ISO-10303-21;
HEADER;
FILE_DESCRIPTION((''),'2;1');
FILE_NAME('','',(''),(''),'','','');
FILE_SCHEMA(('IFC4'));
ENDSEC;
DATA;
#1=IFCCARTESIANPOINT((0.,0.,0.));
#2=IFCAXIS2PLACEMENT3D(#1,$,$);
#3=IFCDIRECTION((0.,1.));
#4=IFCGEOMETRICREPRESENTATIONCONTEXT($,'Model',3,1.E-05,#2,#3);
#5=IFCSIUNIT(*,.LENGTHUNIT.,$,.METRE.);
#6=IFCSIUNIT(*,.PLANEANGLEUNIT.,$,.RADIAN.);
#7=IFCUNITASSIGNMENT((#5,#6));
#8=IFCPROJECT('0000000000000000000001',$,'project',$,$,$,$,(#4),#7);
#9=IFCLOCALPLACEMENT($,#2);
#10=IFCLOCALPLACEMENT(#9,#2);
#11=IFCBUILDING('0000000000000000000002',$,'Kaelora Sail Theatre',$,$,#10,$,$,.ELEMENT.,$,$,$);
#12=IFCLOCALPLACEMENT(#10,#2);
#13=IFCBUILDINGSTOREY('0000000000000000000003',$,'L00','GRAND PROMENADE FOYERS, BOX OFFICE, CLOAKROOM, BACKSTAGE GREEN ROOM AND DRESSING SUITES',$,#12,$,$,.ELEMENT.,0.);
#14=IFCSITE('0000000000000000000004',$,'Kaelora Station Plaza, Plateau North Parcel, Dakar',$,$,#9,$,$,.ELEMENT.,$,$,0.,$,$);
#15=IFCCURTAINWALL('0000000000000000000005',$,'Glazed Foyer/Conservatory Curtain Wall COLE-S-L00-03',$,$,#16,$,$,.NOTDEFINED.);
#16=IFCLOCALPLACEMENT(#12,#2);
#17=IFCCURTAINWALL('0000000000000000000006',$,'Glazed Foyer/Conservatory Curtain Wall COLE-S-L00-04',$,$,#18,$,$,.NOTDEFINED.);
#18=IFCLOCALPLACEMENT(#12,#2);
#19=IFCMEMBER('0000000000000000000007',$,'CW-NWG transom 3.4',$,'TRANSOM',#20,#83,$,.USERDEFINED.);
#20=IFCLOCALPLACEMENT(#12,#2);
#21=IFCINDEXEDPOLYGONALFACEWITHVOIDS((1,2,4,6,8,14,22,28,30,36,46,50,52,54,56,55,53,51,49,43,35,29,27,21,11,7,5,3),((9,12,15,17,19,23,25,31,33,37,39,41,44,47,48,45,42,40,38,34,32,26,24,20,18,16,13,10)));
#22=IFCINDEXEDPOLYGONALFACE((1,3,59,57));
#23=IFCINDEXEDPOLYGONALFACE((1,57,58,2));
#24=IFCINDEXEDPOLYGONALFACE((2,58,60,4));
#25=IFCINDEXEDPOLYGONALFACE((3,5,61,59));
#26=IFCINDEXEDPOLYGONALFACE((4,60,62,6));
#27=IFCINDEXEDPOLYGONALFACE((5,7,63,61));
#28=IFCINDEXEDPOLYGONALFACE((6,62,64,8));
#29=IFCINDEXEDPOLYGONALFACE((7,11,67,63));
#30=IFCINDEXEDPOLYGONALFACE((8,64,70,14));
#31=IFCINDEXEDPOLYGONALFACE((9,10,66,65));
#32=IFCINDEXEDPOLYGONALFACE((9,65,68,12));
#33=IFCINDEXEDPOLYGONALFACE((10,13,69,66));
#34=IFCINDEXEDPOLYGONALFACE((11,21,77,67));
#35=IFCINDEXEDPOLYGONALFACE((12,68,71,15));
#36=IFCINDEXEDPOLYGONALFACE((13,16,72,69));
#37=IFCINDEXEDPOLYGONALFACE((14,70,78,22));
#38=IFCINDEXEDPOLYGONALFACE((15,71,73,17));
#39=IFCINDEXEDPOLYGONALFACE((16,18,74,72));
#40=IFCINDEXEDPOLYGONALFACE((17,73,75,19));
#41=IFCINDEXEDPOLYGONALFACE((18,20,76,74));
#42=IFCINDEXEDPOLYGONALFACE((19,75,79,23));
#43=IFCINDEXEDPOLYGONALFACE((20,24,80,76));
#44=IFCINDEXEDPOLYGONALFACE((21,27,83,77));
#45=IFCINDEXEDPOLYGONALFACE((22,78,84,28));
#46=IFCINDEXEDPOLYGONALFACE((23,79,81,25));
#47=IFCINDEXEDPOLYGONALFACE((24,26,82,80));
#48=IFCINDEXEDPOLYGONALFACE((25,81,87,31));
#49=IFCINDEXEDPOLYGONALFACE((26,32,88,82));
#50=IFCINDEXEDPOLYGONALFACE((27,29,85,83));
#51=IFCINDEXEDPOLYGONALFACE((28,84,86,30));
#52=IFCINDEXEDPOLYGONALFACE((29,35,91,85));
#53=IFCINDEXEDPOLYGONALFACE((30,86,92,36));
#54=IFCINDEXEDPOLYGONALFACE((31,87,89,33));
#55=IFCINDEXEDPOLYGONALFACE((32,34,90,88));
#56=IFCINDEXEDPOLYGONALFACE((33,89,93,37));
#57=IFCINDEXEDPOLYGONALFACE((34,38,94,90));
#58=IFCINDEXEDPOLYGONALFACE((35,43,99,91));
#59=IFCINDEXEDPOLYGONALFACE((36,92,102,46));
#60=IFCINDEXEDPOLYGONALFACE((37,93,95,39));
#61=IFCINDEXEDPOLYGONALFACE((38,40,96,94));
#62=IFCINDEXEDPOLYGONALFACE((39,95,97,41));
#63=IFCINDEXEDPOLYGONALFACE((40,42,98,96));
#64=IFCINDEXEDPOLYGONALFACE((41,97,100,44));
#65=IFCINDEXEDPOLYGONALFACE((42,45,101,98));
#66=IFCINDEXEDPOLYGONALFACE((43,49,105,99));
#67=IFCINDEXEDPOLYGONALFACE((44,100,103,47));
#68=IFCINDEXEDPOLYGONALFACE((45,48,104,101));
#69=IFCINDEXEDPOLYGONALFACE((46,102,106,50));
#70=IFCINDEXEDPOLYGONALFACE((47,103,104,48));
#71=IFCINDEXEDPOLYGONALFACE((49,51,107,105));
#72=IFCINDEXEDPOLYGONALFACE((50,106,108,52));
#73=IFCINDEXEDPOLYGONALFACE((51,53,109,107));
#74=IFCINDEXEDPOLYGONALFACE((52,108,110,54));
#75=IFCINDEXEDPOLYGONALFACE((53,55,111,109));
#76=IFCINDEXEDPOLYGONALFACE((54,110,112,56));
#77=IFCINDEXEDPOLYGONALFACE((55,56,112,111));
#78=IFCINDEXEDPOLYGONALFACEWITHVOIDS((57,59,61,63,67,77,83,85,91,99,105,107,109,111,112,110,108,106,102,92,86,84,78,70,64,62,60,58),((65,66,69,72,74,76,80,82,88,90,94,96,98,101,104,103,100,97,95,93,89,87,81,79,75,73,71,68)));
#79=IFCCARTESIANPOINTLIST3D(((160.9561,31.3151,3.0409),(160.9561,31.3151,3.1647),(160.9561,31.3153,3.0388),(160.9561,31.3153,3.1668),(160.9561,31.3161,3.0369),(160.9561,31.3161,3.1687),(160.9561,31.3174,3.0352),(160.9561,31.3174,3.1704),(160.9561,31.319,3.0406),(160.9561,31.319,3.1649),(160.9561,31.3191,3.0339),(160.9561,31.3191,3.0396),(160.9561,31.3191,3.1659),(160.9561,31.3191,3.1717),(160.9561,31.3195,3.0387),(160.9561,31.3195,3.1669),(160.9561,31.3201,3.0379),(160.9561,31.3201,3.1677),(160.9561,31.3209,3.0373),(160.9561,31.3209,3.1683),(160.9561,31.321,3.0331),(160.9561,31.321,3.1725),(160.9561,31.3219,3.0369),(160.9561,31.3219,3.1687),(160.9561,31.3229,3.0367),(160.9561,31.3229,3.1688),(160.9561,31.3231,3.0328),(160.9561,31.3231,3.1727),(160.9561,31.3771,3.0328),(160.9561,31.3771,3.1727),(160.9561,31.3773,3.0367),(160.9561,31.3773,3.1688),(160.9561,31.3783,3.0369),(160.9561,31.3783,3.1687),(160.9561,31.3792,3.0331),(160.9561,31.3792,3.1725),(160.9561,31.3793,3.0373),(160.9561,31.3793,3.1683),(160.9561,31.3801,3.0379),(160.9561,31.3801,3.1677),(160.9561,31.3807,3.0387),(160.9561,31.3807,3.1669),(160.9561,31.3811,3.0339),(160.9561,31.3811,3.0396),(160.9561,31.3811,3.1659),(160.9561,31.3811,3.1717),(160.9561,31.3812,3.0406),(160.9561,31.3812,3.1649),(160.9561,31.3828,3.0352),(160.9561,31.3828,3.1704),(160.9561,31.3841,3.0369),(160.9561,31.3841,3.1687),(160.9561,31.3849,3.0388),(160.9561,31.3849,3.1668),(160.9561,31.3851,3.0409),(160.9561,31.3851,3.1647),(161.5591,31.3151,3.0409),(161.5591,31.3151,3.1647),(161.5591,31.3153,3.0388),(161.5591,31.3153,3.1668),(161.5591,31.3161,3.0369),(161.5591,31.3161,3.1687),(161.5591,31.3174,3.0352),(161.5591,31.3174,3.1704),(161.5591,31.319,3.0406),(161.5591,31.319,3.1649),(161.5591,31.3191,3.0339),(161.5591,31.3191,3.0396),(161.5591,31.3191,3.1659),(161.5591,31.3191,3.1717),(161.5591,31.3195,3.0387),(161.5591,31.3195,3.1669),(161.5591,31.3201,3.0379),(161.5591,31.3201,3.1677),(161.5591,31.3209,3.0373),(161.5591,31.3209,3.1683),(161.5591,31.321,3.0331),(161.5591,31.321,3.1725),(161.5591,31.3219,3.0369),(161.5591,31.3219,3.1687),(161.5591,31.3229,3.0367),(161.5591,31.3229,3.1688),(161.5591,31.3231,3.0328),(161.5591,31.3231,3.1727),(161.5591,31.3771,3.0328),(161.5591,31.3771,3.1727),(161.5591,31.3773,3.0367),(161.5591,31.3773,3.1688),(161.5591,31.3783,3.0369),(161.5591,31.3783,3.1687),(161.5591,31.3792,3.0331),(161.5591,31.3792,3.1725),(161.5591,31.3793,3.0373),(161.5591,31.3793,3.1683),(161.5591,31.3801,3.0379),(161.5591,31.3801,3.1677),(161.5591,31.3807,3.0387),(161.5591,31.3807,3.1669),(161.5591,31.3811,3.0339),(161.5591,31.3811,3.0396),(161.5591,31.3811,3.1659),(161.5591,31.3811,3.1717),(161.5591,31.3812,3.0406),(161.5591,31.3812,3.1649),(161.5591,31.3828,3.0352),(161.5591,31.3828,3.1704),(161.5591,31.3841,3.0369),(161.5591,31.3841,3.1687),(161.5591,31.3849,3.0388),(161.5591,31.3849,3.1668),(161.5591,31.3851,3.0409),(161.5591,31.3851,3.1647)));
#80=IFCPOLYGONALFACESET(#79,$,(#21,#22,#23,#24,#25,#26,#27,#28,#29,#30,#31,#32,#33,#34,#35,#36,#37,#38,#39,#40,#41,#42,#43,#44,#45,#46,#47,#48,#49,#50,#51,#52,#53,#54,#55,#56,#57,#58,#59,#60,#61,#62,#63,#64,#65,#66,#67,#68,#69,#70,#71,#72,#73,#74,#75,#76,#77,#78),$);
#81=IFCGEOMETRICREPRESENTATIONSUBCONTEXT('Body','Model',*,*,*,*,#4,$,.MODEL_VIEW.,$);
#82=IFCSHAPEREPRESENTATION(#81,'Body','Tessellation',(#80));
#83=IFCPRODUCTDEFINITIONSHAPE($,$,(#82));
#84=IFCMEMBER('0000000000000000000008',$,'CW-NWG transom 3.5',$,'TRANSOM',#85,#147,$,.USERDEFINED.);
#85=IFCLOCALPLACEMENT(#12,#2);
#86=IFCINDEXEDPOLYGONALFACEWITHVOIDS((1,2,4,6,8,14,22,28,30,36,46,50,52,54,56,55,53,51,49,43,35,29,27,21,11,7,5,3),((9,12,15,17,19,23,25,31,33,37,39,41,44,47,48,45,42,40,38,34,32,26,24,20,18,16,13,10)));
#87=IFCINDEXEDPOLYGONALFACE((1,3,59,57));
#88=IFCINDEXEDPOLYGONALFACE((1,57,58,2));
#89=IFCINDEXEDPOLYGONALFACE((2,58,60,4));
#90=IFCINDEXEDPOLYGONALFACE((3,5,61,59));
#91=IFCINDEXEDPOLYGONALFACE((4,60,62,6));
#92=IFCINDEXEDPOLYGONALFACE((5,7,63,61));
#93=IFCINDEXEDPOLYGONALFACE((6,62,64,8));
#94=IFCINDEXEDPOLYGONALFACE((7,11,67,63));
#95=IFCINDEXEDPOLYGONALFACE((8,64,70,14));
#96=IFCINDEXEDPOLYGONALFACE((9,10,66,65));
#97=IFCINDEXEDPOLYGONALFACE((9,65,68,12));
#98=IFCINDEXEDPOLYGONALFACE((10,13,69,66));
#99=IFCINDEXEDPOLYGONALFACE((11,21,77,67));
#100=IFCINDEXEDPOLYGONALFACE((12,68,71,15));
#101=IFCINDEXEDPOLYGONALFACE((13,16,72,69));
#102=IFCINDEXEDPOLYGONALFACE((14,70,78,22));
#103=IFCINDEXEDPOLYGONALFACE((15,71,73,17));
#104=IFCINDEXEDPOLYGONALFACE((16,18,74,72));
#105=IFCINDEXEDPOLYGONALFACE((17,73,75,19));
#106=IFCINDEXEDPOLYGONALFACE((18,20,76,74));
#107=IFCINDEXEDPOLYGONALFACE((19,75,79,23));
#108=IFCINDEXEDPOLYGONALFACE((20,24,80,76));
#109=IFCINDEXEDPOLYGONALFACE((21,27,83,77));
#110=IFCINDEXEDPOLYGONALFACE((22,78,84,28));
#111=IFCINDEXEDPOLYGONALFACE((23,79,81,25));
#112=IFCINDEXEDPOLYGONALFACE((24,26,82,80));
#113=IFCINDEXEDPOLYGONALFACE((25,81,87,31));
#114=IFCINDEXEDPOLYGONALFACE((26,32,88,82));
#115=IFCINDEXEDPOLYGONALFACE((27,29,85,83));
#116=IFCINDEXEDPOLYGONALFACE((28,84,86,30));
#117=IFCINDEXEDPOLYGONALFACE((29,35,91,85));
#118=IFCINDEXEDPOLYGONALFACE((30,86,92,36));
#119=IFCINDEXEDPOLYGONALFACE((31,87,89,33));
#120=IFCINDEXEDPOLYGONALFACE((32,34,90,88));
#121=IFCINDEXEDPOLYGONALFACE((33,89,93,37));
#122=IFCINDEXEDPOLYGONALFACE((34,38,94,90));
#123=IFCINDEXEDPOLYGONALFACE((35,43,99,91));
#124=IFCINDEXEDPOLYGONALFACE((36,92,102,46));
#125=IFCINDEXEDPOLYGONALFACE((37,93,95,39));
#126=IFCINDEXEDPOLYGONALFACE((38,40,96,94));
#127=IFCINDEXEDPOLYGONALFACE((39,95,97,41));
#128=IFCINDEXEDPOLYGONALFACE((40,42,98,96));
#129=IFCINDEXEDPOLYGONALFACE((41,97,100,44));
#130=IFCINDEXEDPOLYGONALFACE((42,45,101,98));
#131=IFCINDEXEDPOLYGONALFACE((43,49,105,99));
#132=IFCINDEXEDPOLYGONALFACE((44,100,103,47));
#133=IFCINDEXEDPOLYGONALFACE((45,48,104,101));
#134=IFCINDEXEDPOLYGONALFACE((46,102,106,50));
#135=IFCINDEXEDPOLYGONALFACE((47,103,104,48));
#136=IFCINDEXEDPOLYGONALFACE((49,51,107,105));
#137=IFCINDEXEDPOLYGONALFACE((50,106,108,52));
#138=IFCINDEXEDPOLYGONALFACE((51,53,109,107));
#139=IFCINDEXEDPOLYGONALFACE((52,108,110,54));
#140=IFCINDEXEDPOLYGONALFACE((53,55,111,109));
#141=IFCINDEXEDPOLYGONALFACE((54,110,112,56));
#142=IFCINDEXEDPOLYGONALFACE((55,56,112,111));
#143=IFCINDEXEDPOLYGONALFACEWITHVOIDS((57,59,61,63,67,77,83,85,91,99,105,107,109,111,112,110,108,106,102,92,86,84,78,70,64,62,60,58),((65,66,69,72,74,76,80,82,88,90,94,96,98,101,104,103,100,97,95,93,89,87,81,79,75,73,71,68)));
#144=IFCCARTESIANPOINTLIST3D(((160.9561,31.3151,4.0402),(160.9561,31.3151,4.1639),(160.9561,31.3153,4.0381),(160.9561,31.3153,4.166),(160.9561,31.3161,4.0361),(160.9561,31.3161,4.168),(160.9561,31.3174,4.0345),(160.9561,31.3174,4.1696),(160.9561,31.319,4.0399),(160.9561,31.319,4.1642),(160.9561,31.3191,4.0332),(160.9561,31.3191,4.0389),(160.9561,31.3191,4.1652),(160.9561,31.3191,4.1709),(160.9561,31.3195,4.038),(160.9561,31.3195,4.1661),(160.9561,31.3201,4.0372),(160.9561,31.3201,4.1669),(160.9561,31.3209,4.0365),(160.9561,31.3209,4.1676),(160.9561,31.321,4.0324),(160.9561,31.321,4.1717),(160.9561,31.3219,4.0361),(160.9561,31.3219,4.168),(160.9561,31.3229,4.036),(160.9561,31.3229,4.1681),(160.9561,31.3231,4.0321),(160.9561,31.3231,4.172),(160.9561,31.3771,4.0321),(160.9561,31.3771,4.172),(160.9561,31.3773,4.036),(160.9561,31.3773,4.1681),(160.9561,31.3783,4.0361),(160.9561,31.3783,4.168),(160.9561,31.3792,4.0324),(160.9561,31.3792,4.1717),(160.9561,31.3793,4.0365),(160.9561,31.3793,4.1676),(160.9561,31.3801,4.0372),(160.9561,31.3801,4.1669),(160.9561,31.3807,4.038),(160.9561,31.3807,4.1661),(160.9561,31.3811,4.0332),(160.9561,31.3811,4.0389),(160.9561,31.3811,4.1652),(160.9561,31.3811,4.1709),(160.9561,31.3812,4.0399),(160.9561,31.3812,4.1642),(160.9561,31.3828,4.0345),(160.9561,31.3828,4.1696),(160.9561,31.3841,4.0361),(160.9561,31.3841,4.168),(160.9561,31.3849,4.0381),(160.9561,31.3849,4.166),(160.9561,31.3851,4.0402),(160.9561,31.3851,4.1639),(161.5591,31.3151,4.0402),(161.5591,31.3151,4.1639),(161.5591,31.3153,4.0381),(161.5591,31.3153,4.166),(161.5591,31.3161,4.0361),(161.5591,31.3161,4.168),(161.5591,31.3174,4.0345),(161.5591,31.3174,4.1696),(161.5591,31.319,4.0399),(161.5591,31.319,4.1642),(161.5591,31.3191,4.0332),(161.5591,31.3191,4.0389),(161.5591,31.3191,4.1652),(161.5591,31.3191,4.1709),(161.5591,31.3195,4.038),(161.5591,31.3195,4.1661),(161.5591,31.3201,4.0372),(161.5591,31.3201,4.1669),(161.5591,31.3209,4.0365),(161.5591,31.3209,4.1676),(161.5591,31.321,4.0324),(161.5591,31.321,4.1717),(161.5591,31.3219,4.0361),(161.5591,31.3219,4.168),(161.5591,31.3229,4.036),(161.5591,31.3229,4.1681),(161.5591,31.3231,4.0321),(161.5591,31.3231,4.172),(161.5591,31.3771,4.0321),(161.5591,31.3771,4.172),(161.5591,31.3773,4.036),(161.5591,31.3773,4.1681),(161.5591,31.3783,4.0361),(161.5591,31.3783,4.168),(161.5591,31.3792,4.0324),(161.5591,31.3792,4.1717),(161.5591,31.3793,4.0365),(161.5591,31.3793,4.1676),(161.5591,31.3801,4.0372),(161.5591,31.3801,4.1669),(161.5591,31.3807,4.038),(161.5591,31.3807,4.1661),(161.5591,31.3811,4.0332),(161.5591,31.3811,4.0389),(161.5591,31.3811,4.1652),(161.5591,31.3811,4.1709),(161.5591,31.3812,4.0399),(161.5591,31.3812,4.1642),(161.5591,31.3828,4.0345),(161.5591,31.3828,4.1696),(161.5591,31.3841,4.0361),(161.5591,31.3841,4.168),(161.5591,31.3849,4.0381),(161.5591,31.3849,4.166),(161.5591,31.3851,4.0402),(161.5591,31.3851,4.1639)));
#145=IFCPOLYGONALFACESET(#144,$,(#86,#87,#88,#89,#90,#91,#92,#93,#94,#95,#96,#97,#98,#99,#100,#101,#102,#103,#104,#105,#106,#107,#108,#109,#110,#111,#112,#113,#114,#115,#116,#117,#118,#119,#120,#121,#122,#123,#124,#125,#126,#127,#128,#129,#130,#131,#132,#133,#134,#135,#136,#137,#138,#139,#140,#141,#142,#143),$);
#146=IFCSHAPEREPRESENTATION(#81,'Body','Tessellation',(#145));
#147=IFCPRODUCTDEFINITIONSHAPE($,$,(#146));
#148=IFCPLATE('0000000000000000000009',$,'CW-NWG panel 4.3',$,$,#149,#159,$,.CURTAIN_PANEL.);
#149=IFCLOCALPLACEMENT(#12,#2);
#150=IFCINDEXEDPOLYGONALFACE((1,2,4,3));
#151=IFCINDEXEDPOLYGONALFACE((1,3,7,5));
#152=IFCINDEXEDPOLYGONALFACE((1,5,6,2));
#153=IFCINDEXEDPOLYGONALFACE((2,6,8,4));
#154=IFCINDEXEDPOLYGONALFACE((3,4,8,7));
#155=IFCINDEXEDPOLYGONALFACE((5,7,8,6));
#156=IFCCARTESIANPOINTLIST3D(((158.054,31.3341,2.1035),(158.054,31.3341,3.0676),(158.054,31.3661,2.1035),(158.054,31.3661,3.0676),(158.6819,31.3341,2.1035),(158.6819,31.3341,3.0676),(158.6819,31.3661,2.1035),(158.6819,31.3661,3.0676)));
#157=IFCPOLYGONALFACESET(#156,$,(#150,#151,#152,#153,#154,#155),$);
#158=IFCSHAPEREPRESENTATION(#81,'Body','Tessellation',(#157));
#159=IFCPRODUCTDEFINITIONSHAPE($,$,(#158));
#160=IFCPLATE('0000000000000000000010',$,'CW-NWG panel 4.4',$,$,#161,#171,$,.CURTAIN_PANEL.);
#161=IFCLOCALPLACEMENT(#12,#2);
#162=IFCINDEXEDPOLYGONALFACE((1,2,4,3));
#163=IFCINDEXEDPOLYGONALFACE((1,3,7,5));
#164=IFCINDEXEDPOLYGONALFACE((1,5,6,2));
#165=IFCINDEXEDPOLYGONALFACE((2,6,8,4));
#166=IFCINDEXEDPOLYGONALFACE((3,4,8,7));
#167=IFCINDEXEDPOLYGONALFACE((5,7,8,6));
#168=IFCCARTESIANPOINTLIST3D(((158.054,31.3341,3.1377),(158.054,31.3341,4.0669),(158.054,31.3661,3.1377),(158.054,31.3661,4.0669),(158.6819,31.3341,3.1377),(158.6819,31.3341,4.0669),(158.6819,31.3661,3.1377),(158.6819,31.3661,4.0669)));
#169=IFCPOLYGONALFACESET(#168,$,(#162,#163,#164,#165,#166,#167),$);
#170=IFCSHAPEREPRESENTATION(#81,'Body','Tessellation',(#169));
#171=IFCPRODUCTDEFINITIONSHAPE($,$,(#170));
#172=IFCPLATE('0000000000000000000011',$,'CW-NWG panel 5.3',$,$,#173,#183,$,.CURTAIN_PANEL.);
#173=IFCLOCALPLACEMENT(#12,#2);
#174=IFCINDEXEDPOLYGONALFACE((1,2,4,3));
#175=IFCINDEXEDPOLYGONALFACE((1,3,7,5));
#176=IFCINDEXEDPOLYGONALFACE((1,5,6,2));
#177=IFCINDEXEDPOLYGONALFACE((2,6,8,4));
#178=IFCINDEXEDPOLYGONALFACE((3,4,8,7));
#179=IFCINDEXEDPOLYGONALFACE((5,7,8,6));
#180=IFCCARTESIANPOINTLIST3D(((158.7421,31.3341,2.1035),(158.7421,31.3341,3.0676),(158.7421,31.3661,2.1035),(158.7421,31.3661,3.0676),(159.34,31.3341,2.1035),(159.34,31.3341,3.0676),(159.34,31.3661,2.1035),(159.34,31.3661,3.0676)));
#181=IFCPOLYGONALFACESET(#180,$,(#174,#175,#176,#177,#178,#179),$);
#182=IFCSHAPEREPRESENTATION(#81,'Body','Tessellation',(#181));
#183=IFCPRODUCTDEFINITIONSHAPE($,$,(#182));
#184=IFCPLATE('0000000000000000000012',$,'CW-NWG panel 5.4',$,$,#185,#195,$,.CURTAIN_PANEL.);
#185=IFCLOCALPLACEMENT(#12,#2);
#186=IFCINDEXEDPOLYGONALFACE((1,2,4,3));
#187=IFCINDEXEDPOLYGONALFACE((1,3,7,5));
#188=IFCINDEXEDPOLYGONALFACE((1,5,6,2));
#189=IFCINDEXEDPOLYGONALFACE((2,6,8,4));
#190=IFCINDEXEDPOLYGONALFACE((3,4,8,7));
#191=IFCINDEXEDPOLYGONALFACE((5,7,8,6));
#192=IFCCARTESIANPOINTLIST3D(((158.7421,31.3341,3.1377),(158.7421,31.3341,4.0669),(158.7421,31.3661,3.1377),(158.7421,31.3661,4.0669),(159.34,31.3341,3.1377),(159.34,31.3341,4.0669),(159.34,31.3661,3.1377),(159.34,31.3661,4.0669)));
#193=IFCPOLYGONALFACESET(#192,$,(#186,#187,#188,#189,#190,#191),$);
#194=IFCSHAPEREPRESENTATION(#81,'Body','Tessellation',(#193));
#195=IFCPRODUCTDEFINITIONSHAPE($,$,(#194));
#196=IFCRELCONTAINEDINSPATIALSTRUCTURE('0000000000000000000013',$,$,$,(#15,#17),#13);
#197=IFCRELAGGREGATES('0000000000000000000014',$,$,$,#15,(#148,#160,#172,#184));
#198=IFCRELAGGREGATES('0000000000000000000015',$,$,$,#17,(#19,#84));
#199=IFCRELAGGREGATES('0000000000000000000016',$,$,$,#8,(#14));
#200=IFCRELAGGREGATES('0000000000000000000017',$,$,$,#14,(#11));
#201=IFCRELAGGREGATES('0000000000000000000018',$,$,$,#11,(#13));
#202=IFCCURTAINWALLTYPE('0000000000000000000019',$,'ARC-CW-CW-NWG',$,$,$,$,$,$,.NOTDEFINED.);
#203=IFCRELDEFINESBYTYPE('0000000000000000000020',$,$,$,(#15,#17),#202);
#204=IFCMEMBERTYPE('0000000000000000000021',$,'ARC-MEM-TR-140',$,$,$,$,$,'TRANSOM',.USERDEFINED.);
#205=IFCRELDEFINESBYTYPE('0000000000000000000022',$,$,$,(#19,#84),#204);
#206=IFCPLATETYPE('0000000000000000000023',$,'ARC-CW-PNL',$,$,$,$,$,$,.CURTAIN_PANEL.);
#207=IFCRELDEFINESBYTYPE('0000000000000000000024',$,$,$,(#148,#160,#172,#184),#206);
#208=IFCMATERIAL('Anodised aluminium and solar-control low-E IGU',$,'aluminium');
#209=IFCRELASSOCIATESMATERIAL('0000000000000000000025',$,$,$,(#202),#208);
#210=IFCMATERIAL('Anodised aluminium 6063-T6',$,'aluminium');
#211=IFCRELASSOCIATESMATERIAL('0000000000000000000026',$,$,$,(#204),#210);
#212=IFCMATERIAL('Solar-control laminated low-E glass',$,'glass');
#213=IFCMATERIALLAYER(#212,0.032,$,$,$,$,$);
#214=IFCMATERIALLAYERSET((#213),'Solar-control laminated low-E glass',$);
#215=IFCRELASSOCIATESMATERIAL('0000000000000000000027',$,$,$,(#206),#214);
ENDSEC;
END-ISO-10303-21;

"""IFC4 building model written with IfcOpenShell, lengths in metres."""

from ifc_helpers import new_model, si_unit, direction, frame, origin, origin_2d, place, context, subcontext, project, spatial, rectangle, hollow_rectangle, extrude, material, layer, layer_set, material_profile, profile_set, type_object, element, aggregate, save


model = new_model("IFC4")

# Units and contexts
model_context = context("Model", 3, precision=1e-05, world=origin(), true_north=direction((0.0, 1.0)))
body_context = subcontext(model_context, "Body", "Model", "MODEL_VIEW")
ifc_project = project(units=[si_unit("LENGTHUNIT", "METRE"), si_unit("PLANEANGLEUNIT", "RADIAN")], contexts=[model_context])

# Site, building, storey
site_placement = place(None, origin())
site = spatial("IfcSite", under=ifc_project, at=site_placement, Name="Kaelora Station Plaza, Plateau North Parcel, Dakar", CompositionType="ELEMENT", RefElevation=0.0)
building_placement = place(site_placement, origin())
building = spatial("IfcBuilding", under=site, at=building_placement, Name="Kaelora Sail Theatre", CompositionType="ELEMENT")
storey_placement = place(building_placement, origin())
storey = spatial("IfcBuildingStorey", under=building, at=storey_placement, Name="L00", Description="GRAND PROMENADE FOYERS, BOX OFFICE, CLOAKROOM, BACKSTAGE GREEN ROOM AND DRESSING SUITES", CompositionType="ELEMENT", Elevation=0.0)

# Curtain walls, members
ifc_material_1 = material(Name="Anodised aluminium and solar-control low-E IGU", Category="aluminium")
curtain_wall_type = type_object("IfcCurtainWallType", Name="ARC-CW-CW-NWG", PredefinedType="NOTDEFINED", material=ifc_material_1)
curtain_wall_1_placement = place(storey_placement, origin())
curtain_wall_1 = element("IfcCurtainWall", 1, at=curtain_wall_1_placement, inside=storey, type_object=curtain_wall_type, Name="Glazed Foyer/Conservatory Curtain Wall COLE-S-L00-03", PredefinedType="NOTDEFINED")
ifc_material_2 = material(Name="Anodised aluminium 6063-T6", Category="aluminium")
ifc_material_profile = material_profile(ifc_material_2, hollow_rectangle(XDim=0.0701, YDim=0.1399, WallThickness=0.0039, InnerFilletRadius=0.0039, OuterFilletRadius=0.0081, at=origin_2d()), Name="ALU-TRAN 70x140x4")
ifc_profile_set = profile_set([ifc_material_profile], Name="Anodised aluminium 6063-T6")
member_type = type_object("IfcMemberType", Name="ARC-MEM-TR-140", ElementType="TRANSOM", PredefinedType="USERDEFINED", material=ifc_profile_set)
curtain_wall_2_placement = place(storey_placement, origin())
curtain_wall_2 = element("IfcCurtainWall", 2, at=curtain_wall_2_placement, inside=storey, type_object=curtain_wall_type, Name="Glazed Foyer/Conservatory Curtain Wall COLE-S-L00-04", PredefinedType="NOTDEFINED")
member_1_placement = place(storey_placement, frame((160.9561, 31.3501, 3.1028), z_axis=(1.0, 0.0, 0.0), x_axis=(0.0, 1.0, 0.0)))
member_1 = element("IfcMember", 3, at=member_1_placement, type_object=member_type, Name="CW-NWG transom 3.4", ObjectType="TRANSOM", PredefinedType="USERDEFINED", context=body_context, shape_type="SweptSolid", body=[
    extrude(hollow_rectangle(XDim=0.0701, YDim=0.1399, WallThickness=0.0039, InnerFilletRadius=0.0039, OuterFilletRadius=0.0081, at=origin_2d()), origin(), (0.0, 0.0, 1.0), 0.603),
])
member_2_placement = place(storey_placement, frame((160.9561, 31.3501, 4.1021), z_axis=(1.0, 0.0, 0.0), x_axis=(0.0, 1.0, 0.0)))
member_2 = element("IfcMember", 4, at=member_2_placement, type_object=member_type, Name="CW-NWG transom 3.5", ObjectType="TRANSOM", PredefinedType="USERDEFINED", context=body_context, shape_type="SweptSolid", body=[
    extrude(hollow_rectangle(XDim=0.0701, YDim=0.1399, WallThickness=0.0039, InnerFilletRadius=0.0039, OuterFilletRadius=0.0081, at=origin_2d()), origin(), (0.0, 0.0, 1.0), 0.603),
])

# Plates
ifc_material_3 = material(Name="Solar-control laminated low-E glass", Category="glass")
ifc_layer = layer(ifc_material_3, 0.032)
ifc_layer_set = layer_set([ifc_layer], Name="Solar-control laminated low-E glass")
plate_type = type_object("IfcPlateType", Name="ARC-CW-PNL", PredefinedType="CURTAIN_PANEL", material=ifc_layer_set)
plate_1_placement = place(storey_placement, frame((158.3679, 31.3501, 2.1035), z_axis=(0.0, 0.0, 1.0), x_axis=(1.0, 0.0, 0.0)))
plate_1 = element("IfcPlate", 5, at=plate_1_placement, type_object=plate_type, Name="CW-NWG panel 4.3", PredefinedType="CURTAIN_PANEL", context=body_context, shape_type="SweptSolid", body=[
    extrude(rectangle(XDim=0.6279, YDim=0.032, at=origin_2d()), origin(), (0.0, 0.0, 1.0), 0.9641),
])
plate_2_placement = place(storey_placement, frame((158.3679, 31.3501, 3.1377), z_axis=(0.0, 0.0, 1.0), x_axis=(1.0, 0.0, 0.0)))
plate_2 = element("IfcPlate", 6, at=plate_2_placement, type_object=plate_type, Name="CW-NWG panel 4.4", PredefinedType="CURTAIN_PANEL", context=body_context, shape_type="SweptSolid", body=[
    extrude(rectangle(XDim=0.6279, YDim=0.032, at=origin_2d()), origin(), (0.0, 0.0, 1.0), 0.9292),
])
plate_3_placement = place(storey_placement, frame((159.041, 31.3501, 2.1035), z_axis=(0.0, 0.0, 1.0), x_axis=(1.0, 0.0, 0.0)))
plate_3 = element("IfcPlate", 7, at=plate_3_placement, type_object=plate_type, Name="CW-NWG panel 5.3", PredefinedType="CURTAIN_PANEL", context=body_context, shape_type="SweptSolid", body=[
    extrude(rectangle(XDim=0.5979, YDim=0.032, at=origin_2d()), origin(), (0.0, 0.0, 1.0), 0.9641),
])
plate_4_placement = place(storey_placement, frame((159.041, 31.3501, 3.1377), z_axis=(0.0, 0.0, 1.0), x_axis=(1.0, 0.0, 0.0)))
plate_4 = element("IfcPlate", 8, at=plate_4_placement, type_object=plate_type, Name="CW-NWG panel 5.4", PredefinedType="CURTAIN_PANEL", context=body_context, shape_type="SweptSolid", body=[
    extrude(rectangle(XDim=0.5979, YDim=0.032, at=origin_2d()), origin(), (0.0, 0.0, 1.0), 0.9292),
])
aggregate(curtain_wall_1, [plate_1, plate_2, plate_3, plate_4])
aggregate(curtain_wall_2, [member_1, member_2])

save(model, "model.ifc")
